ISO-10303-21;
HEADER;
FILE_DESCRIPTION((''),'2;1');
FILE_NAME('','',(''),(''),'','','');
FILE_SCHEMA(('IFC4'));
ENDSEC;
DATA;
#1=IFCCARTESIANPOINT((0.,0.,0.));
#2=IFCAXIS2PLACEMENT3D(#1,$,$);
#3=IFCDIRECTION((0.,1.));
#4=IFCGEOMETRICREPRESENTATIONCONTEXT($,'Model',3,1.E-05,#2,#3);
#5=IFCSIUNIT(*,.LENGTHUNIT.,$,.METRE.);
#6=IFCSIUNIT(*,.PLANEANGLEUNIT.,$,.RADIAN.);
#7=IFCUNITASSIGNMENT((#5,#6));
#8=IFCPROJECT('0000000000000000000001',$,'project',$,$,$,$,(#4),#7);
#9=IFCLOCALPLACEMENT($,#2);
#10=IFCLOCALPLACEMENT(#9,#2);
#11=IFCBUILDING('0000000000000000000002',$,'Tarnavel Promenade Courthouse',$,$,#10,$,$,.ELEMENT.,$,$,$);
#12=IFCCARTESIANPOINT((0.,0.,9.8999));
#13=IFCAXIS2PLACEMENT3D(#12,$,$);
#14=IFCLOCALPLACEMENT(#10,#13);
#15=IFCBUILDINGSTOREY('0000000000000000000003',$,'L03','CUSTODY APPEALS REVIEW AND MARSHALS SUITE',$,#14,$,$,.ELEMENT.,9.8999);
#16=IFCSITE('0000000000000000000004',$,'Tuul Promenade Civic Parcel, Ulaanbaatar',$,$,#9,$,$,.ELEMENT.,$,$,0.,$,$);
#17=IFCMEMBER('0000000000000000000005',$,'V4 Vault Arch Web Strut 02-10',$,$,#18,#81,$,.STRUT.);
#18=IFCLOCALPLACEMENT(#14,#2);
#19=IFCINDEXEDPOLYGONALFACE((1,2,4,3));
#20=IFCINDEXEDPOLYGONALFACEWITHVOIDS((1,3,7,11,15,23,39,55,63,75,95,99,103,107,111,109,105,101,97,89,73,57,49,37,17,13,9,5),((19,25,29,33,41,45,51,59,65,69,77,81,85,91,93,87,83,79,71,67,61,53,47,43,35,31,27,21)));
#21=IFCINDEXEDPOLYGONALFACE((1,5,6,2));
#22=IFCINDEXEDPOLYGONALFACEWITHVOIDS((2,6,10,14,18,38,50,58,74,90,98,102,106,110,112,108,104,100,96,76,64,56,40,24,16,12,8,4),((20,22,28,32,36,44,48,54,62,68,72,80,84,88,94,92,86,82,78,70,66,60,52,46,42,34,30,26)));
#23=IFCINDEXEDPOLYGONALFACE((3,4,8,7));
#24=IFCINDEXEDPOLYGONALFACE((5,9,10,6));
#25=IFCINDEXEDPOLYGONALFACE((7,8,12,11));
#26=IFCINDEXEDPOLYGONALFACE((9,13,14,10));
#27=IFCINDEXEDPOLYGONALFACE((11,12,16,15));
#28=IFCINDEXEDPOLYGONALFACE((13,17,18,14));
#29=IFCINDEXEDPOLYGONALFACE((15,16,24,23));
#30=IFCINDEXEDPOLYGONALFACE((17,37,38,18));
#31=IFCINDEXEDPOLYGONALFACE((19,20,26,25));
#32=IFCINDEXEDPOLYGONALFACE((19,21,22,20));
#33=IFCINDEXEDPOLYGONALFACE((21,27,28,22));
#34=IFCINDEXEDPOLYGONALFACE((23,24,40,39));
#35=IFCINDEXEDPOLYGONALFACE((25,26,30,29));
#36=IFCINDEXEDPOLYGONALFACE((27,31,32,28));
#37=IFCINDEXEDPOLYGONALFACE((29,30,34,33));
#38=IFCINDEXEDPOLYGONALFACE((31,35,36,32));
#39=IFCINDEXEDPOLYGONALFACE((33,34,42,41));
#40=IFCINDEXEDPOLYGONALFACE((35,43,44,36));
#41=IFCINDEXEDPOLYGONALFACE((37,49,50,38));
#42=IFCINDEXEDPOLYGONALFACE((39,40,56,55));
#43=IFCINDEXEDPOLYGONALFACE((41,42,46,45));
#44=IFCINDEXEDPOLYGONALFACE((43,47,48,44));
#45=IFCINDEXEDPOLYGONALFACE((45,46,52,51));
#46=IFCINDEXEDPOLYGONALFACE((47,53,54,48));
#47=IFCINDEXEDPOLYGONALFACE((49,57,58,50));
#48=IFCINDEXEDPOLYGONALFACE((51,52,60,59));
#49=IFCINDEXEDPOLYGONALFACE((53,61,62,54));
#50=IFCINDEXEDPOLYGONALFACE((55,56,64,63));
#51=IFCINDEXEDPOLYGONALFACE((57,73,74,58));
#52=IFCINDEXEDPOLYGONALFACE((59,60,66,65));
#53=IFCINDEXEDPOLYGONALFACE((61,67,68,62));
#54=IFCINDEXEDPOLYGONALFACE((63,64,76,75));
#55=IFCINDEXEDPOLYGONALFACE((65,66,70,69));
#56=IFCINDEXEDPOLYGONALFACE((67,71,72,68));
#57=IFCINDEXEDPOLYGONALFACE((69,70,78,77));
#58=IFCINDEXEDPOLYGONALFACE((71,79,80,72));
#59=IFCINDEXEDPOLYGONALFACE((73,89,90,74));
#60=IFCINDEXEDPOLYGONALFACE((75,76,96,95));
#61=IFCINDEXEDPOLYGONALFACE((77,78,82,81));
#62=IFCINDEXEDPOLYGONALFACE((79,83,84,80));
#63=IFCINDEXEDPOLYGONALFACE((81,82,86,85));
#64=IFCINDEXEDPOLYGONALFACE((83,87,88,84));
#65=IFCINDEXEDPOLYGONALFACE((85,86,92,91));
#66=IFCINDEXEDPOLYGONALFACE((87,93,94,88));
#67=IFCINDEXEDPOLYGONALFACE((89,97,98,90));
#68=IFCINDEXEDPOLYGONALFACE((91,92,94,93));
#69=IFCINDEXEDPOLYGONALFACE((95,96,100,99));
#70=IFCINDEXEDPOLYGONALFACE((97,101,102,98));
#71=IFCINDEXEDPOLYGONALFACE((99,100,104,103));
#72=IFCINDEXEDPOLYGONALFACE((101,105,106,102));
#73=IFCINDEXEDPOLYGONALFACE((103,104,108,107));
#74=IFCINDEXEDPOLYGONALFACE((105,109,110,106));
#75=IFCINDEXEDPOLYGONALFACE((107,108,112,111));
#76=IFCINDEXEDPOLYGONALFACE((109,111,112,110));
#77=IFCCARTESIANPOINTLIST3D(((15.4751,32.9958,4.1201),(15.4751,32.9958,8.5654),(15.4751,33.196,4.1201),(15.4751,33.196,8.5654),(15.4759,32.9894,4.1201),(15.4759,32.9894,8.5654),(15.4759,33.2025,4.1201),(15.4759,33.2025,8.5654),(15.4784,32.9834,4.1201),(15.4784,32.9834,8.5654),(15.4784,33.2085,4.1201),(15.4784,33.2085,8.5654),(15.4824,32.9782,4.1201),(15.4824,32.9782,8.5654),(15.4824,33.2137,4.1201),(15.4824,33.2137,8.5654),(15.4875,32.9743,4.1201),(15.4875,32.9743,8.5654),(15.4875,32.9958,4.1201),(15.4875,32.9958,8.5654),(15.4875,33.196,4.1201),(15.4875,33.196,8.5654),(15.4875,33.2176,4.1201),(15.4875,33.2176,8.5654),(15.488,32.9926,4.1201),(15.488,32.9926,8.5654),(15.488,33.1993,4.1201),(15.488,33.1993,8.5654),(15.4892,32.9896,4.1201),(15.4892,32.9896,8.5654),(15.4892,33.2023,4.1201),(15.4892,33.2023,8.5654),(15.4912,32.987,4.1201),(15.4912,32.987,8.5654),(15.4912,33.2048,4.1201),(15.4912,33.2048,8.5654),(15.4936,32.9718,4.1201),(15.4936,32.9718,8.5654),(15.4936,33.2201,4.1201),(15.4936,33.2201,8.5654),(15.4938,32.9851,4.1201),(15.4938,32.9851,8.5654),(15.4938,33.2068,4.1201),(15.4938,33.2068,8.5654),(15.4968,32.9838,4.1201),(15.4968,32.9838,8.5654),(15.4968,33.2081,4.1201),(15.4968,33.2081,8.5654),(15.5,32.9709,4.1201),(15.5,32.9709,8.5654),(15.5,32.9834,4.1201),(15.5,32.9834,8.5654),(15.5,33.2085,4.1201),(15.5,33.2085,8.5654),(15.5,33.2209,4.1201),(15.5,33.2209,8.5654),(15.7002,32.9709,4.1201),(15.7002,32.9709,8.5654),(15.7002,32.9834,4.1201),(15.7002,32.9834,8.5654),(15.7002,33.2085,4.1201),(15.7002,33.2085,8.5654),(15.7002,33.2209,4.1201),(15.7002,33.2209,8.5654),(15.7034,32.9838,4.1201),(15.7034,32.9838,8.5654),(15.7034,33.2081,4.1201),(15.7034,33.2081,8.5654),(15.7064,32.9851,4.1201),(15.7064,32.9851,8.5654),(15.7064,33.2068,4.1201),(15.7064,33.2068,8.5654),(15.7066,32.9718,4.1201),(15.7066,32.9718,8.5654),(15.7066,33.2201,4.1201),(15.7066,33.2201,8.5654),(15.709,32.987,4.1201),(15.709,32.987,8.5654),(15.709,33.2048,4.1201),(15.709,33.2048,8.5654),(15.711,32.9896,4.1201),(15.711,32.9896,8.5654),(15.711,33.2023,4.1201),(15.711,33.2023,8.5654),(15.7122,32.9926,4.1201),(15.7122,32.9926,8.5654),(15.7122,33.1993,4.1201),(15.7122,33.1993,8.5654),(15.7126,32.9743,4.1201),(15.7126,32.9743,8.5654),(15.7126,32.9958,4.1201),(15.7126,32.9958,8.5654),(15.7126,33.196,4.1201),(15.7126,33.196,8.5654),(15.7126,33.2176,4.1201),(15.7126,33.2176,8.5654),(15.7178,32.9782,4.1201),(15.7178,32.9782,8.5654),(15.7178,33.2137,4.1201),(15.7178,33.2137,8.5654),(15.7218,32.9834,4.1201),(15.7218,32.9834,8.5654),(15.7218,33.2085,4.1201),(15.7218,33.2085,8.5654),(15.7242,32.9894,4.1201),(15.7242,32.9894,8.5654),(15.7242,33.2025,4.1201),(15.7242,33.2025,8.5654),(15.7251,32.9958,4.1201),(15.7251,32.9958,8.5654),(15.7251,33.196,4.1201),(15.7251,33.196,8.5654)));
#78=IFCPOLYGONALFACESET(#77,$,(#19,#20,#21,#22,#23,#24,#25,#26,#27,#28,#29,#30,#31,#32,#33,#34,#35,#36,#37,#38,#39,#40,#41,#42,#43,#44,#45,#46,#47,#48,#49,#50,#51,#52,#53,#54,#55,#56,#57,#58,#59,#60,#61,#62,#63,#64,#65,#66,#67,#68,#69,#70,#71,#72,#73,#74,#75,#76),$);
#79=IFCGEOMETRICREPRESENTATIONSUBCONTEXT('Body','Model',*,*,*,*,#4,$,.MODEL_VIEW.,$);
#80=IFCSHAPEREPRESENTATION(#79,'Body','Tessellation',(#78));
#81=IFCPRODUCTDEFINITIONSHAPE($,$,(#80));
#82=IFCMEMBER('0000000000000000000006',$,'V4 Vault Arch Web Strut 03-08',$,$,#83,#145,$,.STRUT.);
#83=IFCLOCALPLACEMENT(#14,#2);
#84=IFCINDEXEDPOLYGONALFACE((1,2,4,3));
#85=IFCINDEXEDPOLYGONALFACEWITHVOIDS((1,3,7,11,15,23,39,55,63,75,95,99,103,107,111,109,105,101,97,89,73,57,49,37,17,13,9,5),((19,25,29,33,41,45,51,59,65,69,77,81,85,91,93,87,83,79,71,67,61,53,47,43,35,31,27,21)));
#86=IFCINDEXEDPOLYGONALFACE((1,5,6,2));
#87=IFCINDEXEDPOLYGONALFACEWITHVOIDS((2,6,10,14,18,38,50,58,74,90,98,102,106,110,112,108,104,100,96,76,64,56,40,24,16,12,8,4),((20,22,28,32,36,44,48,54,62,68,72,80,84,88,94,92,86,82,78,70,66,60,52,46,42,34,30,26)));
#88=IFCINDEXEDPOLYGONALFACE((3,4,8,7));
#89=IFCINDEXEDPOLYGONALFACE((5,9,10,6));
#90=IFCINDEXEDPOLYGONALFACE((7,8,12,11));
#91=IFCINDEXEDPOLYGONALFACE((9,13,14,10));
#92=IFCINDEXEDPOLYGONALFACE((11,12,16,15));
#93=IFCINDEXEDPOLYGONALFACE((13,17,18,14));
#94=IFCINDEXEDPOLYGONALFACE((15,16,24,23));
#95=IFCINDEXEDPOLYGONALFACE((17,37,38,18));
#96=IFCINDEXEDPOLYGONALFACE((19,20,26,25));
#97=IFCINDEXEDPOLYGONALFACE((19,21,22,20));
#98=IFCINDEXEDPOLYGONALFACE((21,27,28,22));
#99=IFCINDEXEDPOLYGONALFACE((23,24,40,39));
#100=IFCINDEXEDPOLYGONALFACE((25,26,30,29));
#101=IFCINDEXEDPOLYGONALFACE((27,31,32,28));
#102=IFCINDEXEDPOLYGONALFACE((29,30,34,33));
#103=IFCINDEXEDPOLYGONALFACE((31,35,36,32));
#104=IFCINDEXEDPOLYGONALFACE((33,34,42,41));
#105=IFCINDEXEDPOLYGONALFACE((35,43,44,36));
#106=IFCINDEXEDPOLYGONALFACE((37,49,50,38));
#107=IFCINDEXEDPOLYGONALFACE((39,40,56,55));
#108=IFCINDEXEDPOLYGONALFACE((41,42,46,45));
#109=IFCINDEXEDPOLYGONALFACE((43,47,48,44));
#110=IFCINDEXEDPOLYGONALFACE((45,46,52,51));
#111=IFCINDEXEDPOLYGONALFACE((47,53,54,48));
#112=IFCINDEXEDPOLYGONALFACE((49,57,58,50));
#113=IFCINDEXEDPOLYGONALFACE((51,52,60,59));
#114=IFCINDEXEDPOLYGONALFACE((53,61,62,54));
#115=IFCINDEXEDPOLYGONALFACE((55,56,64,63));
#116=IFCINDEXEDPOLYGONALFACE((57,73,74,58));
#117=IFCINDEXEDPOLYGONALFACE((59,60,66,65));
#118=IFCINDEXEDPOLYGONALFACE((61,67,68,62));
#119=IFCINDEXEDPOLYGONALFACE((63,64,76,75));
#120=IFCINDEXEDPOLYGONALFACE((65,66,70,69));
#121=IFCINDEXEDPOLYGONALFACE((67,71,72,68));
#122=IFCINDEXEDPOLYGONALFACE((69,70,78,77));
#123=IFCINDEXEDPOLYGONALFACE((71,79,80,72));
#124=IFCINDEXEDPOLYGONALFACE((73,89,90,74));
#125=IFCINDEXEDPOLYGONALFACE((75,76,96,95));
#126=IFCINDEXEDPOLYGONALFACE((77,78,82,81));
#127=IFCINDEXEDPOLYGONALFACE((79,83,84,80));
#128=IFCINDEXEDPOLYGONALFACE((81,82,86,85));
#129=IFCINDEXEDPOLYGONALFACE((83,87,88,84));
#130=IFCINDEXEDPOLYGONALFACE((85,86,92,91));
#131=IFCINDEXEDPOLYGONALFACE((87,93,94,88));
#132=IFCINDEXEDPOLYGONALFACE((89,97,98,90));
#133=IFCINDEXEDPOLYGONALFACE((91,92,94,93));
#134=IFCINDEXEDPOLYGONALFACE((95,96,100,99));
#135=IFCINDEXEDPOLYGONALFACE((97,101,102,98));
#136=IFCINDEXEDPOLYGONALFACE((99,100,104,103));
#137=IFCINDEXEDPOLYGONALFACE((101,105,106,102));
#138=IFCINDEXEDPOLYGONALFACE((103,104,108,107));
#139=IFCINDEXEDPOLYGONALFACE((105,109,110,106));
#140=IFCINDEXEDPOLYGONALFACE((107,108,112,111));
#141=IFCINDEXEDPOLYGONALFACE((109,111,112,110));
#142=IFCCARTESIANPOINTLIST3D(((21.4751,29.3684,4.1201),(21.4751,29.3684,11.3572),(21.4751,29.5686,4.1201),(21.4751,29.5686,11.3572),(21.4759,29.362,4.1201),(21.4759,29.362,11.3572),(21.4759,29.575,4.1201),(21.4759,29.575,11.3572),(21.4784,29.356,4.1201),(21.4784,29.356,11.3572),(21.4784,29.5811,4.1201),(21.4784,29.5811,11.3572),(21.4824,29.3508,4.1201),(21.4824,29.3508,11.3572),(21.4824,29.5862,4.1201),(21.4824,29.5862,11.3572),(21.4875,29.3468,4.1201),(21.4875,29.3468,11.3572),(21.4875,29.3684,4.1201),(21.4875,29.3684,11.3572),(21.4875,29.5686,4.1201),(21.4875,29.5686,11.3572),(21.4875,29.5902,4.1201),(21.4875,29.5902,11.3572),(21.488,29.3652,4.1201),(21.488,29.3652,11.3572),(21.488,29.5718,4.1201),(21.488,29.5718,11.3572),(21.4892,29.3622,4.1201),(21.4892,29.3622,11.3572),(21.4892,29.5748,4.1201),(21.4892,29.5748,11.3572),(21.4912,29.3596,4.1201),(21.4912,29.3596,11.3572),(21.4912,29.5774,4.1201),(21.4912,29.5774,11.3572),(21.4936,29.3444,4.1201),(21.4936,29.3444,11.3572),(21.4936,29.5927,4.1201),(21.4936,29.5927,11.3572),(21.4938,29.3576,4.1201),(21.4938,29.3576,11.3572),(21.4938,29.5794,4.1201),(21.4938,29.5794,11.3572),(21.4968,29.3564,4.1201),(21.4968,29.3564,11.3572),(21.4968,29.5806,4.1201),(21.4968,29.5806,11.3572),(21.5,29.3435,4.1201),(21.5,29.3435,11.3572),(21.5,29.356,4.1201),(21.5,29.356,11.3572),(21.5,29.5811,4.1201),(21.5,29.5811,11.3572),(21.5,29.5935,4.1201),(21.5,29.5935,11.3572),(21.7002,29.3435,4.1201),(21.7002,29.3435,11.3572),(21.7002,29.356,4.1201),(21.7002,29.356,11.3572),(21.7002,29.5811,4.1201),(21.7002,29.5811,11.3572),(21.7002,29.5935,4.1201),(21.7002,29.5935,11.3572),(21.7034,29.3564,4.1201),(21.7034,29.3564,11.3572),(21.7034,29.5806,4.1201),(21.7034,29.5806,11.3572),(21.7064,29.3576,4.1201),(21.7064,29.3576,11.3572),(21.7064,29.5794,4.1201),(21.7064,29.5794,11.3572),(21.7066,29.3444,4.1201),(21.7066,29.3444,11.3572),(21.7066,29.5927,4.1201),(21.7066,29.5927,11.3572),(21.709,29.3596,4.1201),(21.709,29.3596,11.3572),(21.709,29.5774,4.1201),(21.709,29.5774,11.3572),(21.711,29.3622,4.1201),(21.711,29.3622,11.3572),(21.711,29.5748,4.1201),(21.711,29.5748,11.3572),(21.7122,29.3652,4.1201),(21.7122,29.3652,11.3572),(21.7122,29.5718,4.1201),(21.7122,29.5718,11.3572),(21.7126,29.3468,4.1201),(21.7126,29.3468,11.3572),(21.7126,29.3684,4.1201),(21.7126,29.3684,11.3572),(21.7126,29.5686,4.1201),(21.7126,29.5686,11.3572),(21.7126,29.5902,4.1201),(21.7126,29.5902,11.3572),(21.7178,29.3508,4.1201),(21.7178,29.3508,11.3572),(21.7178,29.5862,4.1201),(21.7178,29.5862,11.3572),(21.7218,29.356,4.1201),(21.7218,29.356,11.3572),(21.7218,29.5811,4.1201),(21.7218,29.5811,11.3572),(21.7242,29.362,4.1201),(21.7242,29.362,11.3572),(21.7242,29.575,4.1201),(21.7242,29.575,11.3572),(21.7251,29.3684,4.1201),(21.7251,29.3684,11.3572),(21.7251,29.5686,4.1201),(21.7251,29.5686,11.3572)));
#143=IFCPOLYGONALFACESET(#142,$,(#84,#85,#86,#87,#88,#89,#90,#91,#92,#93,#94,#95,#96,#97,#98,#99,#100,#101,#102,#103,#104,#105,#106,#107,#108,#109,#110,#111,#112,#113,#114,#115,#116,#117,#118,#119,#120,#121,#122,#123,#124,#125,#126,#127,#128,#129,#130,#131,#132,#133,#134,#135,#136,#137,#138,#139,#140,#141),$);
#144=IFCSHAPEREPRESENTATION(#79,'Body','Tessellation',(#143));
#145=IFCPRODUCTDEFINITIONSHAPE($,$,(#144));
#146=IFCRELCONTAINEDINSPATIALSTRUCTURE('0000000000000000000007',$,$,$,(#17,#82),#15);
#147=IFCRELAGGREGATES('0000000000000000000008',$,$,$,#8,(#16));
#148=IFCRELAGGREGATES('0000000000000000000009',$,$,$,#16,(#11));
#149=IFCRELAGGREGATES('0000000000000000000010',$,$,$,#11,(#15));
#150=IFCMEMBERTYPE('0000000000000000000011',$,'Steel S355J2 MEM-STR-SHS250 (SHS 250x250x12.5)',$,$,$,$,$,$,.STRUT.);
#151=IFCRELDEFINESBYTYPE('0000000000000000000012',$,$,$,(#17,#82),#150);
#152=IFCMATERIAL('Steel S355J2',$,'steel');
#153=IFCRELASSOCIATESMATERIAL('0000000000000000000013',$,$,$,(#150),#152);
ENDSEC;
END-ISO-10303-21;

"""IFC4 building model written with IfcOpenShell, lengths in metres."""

from ifc_helpers import new_model, si_unit, direction, frame, origin, origin_2d, place, context, subcontext, project, spatial, hollow_rectangle, extrude, material, material_profile, profile_set, type_object, element, save


model = new_model("IFC4")

# Units and contexts
model_context = context("Model", 3, precision=1e-05, world=origin(), true_north=direction((0.0, 1.0)))
body_context = subcontext(model_context, "Body", "Model", "MODEL_VIEW")
ifc_project = project(units=[si_unit("LENGTHUNIT", "METRE"), si_unit("PLANEANGLEUNIT", "RADIAN")], contexts=[model_context])

# Site, building, storey
site_placement = place(None, origin())
site = spatial("IfcSite", under=ifc_project, at=site_placement, Name="Tuul Promenade Civic Parcel, Ulaanbaatar", CompositionType="ELEMENT", RefElevation=0.0)
building_placement = place(site_placement, origin())
building = spatial("IfcBuilding", under=site, at=building_placement, Name="Tarnavel Promenade Courthouse", CompositionType="ELEMENT")
storey_placement = place(building_placement, frame((0.0, 0.0, 9.8999)))
storey = spatial("IfcBuildingStorey", under=building, at=storey_placement, Name="L03", Description="CUSTODY APPEALS REVIEW AND MARSHALS SUITE", CompositionType="ELEMENT", Elevation=9.8999)

# Shared definitions
ifc_material_1 = material(Name="Steel S355J2", Category="steel")

# Members
ifc_material_profile_1 = material_profile(ifc_material_1, hollow_rectangle(XDim=0.25, YDim=0.25, WallThickness=0.0125, InnerFilletRadius=0.0125, OuterFilletRadius=0.0249, at=origin_2d()), Name="SHS 250x250x12.5")
ifc_profile_set_1 = profile_set([ifc_material_profile_1], Name="Steel S355J2")
member_type_1 = type_object("IfcMemberType", Name="Steel S355J2 MEM-STR-SHS250 (SHS 250x250x12.5)", PredefinedType="STRUT", material=ifc_profile_set_1)
member_1_placement = place(storey_placement, frame((15.6001, 33.0959, 4.1201), z_axis=(0.0, 0.0, 1.0), x_axis=(1.0, 0.0, 0.0)))
element("IfcMember", 1, at=member_1_placement, inside=storey, type_object=member_type_1, Name="V4 Vault Arch Web Strut 02-10", PredefinedType="STRUT", context=body_context, shape_type="SweptSolid", body=[
    extrude(hollow_rectangle(XDim=0.25, YDim=0.25, WallThickness=0.0125, InnerFilletRadius=0.0125, OuterFilletRadius=0.0249, at=origin_2d()), origin(), (0.0, 0.0, 1.0), 4.4453),
])
member_2_placement = place(storey_placement, frame((21.6001, 29.4685, 4.1201), z_axis=(0.0, 0.0, 1.0), x_axis=(1.0, 0.0, 0.0)))
element("IfcMember", 2, at=member_2_placement, inside=storey, type_object=member_type_1, Name="V4 Vault Arch Web Strut 03-08", PredefinedType="STRUT", context=body_context, shape_type="SweptSolid", body=[
    extrude(hollow_rectangle(XDim=0.25, YDim=0.25, WallThickness=0.0125, InnerFilletRadius=0.0125, OuterFilletRadius=0.0249, at=origin_2d()), origin(), (0.0, 0.0, 1.0), 7.2371),
])

save(model, "model.ifc")
